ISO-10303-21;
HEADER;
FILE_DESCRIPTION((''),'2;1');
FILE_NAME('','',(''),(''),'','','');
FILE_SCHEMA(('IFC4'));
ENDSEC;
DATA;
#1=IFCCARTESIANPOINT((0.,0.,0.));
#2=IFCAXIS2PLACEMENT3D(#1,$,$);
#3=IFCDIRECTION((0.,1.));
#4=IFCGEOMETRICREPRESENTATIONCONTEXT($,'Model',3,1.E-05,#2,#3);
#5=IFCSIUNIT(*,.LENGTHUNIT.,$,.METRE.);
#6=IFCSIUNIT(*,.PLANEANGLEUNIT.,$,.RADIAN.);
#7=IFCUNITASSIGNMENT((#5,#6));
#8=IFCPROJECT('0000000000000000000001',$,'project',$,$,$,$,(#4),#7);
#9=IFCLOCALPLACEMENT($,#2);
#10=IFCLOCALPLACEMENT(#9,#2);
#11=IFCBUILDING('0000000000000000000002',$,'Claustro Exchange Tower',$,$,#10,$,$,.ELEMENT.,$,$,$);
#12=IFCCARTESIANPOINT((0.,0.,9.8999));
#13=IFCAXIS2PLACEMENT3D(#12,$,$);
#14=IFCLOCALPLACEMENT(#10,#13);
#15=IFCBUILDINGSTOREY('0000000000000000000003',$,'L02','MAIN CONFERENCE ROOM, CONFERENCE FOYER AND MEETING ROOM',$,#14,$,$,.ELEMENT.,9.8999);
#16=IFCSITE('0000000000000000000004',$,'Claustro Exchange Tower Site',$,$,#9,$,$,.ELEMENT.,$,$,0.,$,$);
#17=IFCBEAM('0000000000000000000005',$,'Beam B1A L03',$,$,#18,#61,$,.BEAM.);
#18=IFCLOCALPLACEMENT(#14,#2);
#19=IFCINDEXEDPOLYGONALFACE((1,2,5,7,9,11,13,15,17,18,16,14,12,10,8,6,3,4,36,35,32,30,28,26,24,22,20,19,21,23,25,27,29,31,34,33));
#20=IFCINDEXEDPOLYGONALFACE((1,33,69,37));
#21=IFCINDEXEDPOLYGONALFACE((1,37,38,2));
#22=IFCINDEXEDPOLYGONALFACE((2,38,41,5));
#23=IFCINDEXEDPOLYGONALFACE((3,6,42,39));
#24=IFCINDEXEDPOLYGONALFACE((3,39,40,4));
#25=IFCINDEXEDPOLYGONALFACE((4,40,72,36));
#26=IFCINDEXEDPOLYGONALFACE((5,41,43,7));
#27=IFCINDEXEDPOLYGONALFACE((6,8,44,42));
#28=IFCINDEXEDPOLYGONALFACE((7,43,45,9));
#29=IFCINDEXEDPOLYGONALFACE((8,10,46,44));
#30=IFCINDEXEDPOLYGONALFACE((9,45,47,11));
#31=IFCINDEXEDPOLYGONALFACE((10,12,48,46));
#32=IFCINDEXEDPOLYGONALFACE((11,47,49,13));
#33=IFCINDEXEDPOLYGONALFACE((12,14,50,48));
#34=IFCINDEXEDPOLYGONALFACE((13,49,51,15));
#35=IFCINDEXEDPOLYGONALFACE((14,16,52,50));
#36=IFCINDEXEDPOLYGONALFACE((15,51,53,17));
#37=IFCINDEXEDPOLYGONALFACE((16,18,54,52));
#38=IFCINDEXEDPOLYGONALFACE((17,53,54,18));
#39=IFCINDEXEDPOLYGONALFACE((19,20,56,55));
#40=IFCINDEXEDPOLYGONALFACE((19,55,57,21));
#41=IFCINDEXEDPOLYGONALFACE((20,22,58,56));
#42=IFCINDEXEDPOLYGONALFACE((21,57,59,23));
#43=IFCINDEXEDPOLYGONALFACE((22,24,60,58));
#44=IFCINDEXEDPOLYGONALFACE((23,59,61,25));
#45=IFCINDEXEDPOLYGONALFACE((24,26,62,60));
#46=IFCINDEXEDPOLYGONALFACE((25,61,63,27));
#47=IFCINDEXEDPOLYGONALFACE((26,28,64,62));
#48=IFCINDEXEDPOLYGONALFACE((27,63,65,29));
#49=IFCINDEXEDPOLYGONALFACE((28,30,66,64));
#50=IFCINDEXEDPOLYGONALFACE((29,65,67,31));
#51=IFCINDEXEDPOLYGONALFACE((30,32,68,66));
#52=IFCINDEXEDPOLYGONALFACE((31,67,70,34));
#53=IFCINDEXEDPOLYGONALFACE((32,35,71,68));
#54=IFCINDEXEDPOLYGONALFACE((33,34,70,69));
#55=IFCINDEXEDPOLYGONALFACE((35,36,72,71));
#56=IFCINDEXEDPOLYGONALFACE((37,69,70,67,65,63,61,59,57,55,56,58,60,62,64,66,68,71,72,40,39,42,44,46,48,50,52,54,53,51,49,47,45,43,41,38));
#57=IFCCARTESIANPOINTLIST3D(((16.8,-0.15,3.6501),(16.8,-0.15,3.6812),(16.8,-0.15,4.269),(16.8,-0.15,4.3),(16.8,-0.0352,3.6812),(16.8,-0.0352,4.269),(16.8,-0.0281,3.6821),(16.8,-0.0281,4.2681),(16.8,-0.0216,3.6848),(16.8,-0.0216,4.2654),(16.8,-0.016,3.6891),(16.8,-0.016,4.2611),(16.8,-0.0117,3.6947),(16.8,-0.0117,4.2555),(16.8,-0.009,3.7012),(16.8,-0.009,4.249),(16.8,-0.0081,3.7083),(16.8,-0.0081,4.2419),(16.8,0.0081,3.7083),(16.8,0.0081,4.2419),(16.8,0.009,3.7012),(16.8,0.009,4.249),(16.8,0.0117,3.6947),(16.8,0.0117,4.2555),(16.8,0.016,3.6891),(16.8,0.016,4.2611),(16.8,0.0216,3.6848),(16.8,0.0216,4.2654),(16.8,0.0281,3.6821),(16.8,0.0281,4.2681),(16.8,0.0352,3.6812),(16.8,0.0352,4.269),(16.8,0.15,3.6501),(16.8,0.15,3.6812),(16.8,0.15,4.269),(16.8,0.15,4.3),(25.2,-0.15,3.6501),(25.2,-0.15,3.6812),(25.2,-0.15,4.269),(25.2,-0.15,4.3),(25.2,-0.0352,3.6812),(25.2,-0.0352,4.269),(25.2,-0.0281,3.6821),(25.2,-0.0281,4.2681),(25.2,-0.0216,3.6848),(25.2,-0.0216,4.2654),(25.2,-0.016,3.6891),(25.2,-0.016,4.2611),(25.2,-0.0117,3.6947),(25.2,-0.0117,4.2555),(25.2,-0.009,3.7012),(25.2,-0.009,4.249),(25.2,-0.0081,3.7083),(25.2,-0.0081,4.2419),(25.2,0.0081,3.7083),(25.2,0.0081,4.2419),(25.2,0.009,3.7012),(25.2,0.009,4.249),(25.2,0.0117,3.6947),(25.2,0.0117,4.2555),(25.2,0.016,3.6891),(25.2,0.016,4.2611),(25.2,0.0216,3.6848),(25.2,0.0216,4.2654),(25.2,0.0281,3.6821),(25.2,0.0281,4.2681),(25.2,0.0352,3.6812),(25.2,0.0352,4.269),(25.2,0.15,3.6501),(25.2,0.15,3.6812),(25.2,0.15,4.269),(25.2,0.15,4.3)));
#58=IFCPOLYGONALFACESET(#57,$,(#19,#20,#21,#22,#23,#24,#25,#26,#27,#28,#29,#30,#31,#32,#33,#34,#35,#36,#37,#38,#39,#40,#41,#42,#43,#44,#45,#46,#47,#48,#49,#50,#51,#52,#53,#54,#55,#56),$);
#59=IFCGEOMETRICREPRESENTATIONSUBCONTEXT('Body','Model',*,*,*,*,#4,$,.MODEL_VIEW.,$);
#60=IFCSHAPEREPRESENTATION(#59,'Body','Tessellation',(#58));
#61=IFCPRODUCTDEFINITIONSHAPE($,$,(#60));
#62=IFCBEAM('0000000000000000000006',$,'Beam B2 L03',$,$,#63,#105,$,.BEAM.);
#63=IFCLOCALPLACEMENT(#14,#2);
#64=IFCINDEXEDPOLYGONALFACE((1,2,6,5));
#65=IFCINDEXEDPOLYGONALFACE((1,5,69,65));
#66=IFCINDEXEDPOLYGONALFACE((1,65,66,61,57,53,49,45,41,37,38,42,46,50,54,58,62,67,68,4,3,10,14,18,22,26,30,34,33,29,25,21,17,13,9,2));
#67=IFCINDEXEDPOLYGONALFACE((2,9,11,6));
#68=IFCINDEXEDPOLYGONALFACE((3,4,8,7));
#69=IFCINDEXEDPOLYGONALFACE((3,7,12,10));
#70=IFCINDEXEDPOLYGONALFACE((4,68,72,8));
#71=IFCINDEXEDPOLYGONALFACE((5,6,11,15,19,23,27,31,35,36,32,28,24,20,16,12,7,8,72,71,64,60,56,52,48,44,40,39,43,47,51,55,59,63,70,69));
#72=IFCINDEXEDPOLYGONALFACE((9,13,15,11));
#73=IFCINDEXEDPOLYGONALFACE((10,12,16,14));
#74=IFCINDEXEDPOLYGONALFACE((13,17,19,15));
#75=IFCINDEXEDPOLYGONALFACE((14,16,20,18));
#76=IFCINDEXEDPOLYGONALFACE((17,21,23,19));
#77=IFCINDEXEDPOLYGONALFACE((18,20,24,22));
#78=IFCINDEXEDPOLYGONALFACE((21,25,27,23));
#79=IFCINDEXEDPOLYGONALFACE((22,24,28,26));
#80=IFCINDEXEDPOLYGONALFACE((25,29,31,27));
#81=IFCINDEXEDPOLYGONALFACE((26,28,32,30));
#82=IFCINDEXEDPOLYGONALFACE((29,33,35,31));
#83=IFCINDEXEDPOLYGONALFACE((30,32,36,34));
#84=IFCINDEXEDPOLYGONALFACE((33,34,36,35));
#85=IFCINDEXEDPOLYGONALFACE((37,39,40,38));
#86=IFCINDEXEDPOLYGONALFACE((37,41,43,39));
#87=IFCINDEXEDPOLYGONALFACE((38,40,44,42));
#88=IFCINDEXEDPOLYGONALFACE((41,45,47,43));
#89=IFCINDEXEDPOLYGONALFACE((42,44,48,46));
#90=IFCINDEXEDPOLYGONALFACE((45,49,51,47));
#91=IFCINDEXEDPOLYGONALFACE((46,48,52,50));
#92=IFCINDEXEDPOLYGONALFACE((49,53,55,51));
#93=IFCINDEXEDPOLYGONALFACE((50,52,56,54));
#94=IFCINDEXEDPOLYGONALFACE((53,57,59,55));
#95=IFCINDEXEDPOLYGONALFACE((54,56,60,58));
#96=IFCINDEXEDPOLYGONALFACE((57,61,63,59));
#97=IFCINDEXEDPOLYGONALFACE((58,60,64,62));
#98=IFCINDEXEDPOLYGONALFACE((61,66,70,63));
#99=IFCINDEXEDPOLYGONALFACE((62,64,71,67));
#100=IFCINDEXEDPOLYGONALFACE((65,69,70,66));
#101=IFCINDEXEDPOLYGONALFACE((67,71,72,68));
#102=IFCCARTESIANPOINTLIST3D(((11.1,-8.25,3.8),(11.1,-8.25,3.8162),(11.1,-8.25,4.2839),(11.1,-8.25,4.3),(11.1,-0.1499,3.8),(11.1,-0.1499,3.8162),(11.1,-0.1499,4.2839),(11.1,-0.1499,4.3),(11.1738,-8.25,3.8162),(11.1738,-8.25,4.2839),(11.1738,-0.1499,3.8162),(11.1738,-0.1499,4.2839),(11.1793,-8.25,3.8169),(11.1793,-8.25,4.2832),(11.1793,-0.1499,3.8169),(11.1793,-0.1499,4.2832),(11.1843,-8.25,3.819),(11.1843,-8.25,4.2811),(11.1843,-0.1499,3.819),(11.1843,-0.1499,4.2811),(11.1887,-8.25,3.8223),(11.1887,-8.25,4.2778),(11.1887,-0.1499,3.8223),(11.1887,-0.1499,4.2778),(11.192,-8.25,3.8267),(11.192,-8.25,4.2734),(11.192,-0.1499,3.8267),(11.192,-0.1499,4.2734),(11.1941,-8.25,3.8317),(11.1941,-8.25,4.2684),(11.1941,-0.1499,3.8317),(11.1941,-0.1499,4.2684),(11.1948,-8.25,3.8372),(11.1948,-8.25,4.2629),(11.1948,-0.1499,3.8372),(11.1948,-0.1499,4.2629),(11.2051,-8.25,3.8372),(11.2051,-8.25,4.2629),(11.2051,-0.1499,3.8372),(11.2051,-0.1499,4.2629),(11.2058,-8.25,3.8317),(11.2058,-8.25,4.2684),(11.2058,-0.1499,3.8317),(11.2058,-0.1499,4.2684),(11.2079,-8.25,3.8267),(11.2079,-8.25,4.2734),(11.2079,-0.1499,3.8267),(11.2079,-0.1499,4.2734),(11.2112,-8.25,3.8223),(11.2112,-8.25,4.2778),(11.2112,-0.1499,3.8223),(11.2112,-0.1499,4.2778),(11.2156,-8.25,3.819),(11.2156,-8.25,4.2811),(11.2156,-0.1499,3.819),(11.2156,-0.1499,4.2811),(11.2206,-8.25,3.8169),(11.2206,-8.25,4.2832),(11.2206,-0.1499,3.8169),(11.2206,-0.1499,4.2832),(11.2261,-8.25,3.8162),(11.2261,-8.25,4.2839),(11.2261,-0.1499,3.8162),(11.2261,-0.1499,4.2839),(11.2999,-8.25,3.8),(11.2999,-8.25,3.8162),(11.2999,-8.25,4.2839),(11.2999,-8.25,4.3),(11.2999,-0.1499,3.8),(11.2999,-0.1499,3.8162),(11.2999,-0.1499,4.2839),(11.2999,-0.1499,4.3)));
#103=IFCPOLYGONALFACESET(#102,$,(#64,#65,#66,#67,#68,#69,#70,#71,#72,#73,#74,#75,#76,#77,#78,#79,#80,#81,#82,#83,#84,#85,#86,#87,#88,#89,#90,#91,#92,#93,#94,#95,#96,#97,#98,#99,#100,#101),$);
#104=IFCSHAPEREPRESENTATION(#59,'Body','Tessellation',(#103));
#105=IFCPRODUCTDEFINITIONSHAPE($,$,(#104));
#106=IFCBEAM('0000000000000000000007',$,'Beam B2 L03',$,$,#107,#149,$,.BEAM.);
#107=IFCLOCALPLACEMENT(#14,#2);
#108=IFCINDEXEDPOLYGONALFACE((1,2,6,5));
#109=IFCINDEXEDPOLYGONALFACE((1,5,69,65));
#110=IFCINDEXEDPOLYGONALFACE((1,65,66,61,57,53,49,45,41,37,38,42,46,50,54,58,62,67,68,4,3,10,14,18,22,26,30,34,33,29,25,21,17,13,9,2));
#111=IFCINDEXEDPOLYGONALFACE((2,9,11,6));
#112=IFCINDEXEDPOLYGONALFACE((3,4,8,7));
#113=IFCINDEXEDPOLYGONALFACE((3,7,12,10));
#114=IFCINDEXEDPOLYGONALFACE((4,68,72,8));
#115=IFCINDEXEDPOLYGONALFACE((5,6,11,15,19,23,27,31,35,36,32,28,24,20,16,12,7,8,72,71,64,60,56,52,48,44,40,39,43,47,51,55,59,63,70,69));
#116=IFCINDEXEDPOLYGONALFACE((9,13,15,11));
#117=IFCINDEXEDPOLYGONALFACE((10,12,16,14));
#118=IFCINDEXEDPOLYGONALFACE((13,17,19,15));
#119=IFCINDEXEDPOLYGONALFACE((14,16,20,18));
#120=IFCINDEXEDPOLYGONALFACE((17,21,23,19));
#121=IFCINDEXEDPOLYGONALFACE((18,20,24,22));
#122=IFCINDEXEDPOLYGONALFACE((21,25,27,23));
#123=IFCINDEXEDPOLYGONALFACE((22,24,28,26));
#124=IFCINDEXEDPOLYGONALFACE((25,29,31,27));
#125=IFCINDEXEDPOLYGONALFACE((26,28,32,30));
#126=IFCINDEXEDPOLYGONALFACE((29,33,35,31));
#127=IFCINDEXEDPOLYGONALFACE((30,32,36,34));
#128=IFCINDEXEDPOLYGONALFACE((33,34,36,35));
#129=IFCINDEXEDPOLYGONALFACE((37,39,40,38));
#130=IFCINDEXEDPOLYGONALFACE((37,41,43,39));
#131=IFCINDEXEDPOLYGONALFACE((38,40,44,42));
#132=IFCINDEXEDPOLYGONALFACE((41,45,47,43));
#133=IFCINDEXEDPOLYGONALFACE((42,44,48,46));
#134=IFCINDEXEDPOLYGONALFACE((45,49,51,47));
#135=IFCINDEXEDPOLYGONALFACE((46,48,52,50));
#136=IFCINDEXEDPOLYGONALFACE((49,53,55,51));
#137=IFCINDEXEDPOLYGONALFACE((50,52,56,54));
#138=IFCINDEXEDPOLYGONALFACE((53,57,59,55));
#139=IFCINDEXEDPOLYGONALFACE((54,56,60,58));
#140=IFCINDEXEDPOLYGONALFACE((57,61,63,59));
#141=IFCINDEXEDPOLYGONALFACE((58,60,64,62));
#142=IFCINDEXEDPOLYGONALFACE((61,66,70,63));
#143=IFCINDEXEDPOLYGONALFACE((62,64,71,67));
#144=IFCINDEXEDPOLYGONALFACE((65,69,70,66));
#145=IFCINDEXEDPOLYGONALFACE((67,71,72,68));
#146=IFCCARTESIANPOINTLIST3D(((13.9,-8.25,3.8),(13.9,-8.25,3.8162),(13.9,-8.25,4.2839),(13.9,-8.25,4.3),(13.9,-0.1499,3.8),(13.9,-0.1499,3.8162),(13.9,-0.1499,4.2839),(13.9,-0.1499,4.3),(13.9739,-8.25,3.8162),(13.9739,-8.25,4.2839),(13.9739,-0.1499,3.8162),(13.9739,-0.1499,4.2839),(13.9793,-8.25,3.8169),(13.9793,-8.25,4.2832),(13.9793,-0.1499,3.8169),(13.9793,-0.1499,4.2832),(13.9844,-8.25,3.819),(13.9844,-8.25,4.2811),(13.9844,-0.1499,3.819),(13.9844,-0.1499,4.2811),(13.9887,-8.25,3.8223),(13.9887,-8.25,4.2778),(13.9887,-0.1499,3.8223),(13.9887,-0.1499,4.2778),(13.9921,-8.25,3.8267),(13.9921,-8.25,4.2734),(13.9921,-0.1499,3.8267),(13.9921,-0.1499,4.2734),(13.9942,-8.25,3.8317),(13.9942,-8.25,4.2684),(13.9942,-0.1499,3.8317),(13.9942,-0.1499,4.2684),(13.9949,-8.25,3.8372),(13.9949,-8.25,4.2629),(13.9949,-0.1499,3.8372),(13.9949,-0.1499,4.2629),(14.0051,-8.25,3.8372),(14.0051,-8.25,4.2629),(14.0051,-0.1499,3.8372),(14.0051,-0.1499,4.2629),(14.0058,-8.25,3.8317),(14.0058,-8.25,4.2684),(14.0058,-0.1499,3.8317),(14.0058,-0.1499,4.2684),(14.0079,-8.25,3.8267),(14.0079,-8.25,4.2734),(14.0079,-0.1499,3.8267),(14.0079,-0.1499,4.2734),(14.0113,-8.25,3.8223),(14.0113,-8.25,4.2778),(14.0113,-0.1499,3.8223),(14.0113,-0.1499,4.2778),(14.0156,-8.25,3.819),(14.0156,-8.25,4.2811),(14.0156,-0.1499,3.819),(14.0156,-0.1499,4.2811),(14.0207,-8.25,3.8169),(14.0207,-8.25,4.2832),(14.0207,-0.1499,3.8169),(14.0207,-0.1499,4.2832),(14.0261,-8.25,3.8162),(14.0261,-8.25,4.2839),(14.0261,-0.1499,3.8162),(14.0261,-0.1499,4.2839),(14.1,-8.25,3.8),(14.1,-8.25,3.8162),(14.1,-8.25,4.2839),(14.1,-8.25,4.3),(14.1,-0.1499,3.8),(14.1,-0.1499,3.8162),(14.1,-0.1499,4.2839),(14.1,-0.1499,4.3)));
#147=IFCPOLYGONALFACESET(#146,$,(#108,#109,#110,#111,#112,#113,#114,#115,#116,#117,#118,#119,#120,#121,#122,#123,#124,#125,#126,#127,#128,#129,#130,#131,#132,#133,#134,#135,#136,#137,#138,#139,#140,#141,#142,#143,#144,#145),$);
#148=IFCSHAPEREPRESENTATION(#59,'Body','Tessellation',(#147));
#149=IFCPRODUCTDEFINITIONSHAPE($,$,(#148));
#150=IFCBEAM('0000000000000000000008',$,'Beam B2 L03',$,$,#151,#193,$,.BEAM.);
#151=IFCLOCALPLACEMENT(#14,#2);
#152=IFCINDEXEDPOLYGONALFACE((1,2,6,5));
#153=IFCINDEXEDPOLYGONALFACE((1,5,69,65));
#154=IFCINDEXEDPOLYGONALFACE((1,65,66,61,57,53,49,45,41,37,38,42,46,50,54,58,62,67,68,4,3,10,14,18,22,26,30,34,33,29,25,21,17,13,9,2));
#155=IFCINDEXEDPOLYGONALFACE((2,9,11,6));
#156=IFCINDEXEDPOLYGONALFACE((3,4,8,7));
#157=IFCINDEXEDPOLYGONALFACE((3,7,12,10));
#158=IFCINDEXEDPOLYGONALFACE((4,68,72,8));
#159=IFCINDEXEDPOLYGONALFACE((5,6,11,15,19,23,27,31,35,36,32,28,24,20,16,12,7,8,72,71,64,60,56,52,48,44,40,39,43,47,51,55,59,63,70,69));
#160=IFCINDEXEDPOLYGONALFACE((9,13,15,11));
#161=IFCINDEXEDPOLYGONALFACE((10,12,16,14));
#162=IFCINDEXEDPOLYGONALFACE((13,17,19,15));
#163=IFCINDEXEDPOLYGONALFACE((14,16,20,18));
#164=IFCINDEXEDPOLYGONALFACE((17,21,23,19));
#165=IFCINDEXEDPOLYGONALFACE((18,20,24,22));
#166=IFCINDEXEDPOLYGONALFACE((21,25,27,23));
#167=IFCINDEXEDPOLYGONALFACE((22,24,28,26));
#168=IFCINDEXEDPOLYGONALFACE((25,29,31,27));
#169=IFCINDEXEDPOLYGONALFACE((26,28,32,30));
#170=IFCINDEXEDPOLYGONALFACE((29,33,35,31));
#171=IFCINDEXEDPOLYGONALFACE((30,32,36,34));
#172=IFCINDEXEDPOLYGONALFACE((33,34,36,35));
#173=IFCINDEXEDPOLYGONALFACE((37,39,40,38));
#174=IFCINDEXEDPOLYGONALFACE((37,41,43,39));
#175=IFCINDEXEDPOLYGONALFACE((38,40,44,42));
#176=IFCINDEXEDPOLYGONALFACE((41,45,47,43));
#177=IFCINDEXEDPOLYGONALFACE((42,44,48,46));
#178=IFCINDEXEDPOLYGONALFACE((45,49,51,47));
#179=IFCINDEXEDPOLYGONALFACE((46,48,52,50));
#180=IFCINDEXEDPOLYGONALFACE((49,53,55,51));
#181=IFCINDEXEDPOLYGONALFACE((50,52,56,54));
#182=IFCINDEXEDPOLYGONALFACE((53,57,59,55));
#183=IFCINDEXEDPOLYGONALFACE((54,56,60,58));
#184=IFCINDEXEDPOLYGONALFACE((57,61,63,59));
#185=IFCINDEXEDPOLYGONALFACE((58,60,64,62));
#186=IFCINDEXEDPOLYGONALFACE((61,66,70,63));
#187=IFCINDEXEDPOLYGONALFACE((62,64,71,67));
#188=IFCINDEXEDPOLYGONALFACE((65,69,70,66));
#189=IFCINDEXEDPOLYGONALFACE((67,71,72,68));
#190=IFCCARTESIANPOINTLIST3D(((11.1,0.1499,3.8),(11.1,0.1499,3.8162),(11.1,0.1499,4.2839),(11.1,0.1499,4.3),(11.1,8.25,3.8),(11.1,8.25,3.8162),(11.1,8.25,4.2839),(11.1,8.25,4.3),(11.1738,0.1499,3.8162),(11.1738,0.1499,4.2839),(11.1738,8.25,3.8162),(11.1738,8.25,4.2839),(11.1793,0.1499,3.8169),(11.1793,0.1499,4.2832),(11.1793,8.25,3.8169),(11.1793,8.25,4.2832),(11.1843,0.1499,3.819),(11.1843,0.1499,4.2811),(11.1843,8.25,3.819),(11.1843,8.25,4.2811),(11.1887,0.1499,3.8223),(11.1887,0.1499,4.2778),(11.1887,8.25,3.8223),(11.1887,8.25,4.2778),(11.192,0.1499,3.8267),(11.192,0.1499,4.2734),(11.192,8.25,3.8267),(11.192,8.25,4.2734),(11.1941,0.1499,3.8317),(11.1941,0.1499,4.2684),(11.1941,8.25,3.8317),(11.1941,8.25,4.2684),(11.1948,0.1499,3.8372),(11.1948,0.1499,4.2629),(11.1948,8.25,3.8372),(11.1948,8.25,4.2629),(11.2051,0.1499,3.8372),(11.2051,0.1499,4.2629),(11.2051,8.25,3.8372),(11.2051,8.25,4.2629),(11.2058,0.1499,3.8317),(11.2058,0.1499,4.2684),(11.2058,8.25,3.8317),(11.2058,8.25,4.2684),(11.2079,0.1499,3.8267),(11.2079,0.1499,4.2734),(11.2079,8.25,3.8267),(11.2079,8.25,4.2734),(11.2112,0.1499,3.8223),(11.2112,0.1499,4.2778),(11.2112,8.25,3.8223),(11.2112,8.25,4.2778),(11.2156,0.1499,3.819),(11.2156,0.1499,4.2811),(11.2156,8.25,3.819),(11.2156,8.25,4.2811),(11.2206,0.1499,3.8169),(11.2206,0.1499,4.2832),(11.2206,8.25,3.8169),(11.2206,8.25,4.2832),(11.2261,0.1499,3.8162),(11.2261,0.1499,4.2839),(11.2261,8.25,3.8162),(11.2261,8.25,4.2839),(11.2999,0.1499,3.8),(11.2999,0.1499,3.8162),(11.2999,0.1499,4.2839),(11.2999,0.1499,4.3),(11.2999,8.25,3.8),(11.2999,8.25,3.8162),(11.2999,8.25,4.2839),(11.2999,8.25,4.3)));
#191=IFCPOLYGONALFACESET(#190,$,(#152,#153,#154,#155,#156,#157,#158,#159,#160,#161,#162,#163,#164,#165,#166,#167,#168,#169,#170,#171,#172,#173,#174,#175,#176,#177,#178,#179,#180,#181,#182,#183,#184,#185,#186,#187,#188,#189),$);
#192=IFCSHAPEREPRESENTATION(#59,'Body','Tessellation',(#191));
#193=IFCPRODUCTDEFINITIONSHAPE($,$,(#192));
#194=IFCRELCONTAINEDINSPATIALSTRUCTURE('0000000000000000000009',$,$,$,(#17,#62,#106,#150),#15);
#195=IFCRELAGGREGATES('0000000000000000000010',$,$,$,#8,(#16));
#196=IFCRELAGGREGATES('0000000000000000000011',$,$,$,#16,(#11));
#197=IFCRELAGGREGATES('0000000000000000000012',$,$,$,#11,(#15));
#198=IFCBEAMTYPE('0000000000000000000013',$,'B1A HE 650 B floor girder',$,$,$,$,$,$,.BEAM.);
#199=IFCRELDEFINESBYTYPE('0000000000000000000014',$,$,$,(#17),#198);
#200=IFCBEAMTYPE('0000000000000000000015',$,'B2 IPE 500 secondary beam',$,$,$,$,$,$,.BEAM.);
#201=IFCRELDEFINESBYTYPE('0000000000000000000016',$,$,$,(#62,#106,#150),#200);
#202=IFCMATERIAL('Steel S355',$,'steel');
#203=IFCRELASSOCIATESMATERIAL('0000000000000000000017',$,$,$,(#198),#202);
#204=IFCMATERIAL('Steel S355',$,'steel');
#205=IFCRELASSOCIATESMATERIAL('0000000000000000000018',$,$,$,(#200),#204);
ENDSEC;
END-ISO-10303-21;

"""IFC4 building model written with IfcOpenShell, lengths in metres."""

from ifc_helpers import new_model, si_unit, direction, frame, origin, origin_2d, place, context, subcontext, project, spatial, i_section, extrude, material, material_profile, profile_set, type_object, element, save


model = new_model("IFC4")

# Units and contexts
model_context = context("Model", 3, precision=1e-05, world=origin(), true_north=direction((0.0, 1.0)))
body_context = subcontext(model_context, "Body", "Model", "MODEL_VIEW")
ifc_project = project(units=[si_unit("LENGTHUNIT", "METRE"), si_unit("PLANEANGLEUNIT", "RADIAN")], contexts=[model_context])

# Site, building, storey
site_placement = place(None, origin())
site = spatial("IfcSite", under=ifc_project, at=site_placement, Name="Claustro Exchange Tower Site", CompositionType="ELEMENT", RefElevation=0.0)
building_placement = place(site_placement, origin())
building = spatial("IfcBuilding", under=site, at=building_placement, Name="Claustro Exchange Tower", CompositionType="ELEMENT")
storey_placement = place(building_placement, frame((0.0, 0.0, 9.8999)))
storey = spatial("IfcBuildingStorey", under=building, at=storey_placement, Name="L02", Description="MAIN CONFERENCE ROOM, CONFERENCE FOYER AND MEETING ROOM", CompositionType="ELEMENT", Elevation=9.8999)

# Beams
ifc_material_1 = material(Name="Steel S355", Category="steel")
ifc_material_profile_1 = material_profile(ifc_material_1, i_section(OverallWidth=0.3, OverallDepth=0.6499, WebThickness=0.0161, FlangeThickness=0.031, FilletRadius=0.0271, at=origin_2d()), Name="HE 650 B")
ifc_profile_set_1 = profile_set([ifc_material_profile_1], Name="Steel S355")
beam_type_1 = type_object("IfcBeamType", Name="B1A HE 650 B floor girder", PredefinedType="BEAM", material=ifc_profile_set_1)
beam_1_placement = place(storey_placement, frame((16.8, 0.0, 3.9751), z_axis=(1.0, 0.0, 0.0), x_axis=(0.0, 1.0, 0.0)))
element("IfcBeam", 1, at=beam_1_placement, inside=storey, type_object=beam_type_1, Name="Beam B1A L03", PredefinedType="BEAM", context=body_context, shape_type="SweptSolid", body=[
    extrude(i_section(OverallWidth=0.3, OverallDepth=0.6499, WebThickness=0.0161, FlangeThickness=0.031, FilletRadius=0.0271, at=origin_2d()), origin(), (0.0, 0.0, 1.0), 8.3999),
])
ifc_material_2 = material(Name="Steel S355", Category="steel")
ifc_material_profile_2 = material_profile(ifc_material_2, i_section(OverallWidth=0.2, OverallDepth=0.5, WebThickness=0.0103, FlangeThickness=0.0161, FilletRadius=0.021, at=origin_2d()), Name="IPE 500")
ifc_profile_set_2 = profile_set([ifc_material_profile_2], Name="Steel S355")
beam_type_2 = type_object("IfcBeamType", Name="B2 IPE 500 secondary beam", PredefinedType="BEAM", material=ifc_profile_set_2)
for number, where, z_axis, x_axis, name in (
    (2, (11.2, -8.25, 4.05), (0.0, 1.0, 0.0), (-1.0, 0.0, 0.0), "Beam B2 L03"),
    (3, (14.0, -8.25, 4.05), (0.0, 1.0, 0.0), (-1.0, 0.0, 0.0), "Beam B2 L03"),
    (4, (11.2, 0.1499, 4.05), (0.0, 1.0, 0.0), (-1.0, 0.0, 0.0), "Beam B2 L03"),
):
    element("IfcBeam", number, at=place(storey_placement, frame(where, z_axis=z_axis, x_axis=x_axis)), inside=storey, type_object=beam_type_2, Name=name, PredefinedType="BEAM", context=body_context, shape_type="SweptSolid", body=[
        extrude(i_section(OverallWidth=0.2, OverallDepth=0.5, WebThickness=0.0103, FlangeThickness=0.0161, FilletRadius=0.021, at=origin_2d()), origin(), (0.0, 0.0, 1.0), 8.1001),
    ])

save(model, "model.ifc")
